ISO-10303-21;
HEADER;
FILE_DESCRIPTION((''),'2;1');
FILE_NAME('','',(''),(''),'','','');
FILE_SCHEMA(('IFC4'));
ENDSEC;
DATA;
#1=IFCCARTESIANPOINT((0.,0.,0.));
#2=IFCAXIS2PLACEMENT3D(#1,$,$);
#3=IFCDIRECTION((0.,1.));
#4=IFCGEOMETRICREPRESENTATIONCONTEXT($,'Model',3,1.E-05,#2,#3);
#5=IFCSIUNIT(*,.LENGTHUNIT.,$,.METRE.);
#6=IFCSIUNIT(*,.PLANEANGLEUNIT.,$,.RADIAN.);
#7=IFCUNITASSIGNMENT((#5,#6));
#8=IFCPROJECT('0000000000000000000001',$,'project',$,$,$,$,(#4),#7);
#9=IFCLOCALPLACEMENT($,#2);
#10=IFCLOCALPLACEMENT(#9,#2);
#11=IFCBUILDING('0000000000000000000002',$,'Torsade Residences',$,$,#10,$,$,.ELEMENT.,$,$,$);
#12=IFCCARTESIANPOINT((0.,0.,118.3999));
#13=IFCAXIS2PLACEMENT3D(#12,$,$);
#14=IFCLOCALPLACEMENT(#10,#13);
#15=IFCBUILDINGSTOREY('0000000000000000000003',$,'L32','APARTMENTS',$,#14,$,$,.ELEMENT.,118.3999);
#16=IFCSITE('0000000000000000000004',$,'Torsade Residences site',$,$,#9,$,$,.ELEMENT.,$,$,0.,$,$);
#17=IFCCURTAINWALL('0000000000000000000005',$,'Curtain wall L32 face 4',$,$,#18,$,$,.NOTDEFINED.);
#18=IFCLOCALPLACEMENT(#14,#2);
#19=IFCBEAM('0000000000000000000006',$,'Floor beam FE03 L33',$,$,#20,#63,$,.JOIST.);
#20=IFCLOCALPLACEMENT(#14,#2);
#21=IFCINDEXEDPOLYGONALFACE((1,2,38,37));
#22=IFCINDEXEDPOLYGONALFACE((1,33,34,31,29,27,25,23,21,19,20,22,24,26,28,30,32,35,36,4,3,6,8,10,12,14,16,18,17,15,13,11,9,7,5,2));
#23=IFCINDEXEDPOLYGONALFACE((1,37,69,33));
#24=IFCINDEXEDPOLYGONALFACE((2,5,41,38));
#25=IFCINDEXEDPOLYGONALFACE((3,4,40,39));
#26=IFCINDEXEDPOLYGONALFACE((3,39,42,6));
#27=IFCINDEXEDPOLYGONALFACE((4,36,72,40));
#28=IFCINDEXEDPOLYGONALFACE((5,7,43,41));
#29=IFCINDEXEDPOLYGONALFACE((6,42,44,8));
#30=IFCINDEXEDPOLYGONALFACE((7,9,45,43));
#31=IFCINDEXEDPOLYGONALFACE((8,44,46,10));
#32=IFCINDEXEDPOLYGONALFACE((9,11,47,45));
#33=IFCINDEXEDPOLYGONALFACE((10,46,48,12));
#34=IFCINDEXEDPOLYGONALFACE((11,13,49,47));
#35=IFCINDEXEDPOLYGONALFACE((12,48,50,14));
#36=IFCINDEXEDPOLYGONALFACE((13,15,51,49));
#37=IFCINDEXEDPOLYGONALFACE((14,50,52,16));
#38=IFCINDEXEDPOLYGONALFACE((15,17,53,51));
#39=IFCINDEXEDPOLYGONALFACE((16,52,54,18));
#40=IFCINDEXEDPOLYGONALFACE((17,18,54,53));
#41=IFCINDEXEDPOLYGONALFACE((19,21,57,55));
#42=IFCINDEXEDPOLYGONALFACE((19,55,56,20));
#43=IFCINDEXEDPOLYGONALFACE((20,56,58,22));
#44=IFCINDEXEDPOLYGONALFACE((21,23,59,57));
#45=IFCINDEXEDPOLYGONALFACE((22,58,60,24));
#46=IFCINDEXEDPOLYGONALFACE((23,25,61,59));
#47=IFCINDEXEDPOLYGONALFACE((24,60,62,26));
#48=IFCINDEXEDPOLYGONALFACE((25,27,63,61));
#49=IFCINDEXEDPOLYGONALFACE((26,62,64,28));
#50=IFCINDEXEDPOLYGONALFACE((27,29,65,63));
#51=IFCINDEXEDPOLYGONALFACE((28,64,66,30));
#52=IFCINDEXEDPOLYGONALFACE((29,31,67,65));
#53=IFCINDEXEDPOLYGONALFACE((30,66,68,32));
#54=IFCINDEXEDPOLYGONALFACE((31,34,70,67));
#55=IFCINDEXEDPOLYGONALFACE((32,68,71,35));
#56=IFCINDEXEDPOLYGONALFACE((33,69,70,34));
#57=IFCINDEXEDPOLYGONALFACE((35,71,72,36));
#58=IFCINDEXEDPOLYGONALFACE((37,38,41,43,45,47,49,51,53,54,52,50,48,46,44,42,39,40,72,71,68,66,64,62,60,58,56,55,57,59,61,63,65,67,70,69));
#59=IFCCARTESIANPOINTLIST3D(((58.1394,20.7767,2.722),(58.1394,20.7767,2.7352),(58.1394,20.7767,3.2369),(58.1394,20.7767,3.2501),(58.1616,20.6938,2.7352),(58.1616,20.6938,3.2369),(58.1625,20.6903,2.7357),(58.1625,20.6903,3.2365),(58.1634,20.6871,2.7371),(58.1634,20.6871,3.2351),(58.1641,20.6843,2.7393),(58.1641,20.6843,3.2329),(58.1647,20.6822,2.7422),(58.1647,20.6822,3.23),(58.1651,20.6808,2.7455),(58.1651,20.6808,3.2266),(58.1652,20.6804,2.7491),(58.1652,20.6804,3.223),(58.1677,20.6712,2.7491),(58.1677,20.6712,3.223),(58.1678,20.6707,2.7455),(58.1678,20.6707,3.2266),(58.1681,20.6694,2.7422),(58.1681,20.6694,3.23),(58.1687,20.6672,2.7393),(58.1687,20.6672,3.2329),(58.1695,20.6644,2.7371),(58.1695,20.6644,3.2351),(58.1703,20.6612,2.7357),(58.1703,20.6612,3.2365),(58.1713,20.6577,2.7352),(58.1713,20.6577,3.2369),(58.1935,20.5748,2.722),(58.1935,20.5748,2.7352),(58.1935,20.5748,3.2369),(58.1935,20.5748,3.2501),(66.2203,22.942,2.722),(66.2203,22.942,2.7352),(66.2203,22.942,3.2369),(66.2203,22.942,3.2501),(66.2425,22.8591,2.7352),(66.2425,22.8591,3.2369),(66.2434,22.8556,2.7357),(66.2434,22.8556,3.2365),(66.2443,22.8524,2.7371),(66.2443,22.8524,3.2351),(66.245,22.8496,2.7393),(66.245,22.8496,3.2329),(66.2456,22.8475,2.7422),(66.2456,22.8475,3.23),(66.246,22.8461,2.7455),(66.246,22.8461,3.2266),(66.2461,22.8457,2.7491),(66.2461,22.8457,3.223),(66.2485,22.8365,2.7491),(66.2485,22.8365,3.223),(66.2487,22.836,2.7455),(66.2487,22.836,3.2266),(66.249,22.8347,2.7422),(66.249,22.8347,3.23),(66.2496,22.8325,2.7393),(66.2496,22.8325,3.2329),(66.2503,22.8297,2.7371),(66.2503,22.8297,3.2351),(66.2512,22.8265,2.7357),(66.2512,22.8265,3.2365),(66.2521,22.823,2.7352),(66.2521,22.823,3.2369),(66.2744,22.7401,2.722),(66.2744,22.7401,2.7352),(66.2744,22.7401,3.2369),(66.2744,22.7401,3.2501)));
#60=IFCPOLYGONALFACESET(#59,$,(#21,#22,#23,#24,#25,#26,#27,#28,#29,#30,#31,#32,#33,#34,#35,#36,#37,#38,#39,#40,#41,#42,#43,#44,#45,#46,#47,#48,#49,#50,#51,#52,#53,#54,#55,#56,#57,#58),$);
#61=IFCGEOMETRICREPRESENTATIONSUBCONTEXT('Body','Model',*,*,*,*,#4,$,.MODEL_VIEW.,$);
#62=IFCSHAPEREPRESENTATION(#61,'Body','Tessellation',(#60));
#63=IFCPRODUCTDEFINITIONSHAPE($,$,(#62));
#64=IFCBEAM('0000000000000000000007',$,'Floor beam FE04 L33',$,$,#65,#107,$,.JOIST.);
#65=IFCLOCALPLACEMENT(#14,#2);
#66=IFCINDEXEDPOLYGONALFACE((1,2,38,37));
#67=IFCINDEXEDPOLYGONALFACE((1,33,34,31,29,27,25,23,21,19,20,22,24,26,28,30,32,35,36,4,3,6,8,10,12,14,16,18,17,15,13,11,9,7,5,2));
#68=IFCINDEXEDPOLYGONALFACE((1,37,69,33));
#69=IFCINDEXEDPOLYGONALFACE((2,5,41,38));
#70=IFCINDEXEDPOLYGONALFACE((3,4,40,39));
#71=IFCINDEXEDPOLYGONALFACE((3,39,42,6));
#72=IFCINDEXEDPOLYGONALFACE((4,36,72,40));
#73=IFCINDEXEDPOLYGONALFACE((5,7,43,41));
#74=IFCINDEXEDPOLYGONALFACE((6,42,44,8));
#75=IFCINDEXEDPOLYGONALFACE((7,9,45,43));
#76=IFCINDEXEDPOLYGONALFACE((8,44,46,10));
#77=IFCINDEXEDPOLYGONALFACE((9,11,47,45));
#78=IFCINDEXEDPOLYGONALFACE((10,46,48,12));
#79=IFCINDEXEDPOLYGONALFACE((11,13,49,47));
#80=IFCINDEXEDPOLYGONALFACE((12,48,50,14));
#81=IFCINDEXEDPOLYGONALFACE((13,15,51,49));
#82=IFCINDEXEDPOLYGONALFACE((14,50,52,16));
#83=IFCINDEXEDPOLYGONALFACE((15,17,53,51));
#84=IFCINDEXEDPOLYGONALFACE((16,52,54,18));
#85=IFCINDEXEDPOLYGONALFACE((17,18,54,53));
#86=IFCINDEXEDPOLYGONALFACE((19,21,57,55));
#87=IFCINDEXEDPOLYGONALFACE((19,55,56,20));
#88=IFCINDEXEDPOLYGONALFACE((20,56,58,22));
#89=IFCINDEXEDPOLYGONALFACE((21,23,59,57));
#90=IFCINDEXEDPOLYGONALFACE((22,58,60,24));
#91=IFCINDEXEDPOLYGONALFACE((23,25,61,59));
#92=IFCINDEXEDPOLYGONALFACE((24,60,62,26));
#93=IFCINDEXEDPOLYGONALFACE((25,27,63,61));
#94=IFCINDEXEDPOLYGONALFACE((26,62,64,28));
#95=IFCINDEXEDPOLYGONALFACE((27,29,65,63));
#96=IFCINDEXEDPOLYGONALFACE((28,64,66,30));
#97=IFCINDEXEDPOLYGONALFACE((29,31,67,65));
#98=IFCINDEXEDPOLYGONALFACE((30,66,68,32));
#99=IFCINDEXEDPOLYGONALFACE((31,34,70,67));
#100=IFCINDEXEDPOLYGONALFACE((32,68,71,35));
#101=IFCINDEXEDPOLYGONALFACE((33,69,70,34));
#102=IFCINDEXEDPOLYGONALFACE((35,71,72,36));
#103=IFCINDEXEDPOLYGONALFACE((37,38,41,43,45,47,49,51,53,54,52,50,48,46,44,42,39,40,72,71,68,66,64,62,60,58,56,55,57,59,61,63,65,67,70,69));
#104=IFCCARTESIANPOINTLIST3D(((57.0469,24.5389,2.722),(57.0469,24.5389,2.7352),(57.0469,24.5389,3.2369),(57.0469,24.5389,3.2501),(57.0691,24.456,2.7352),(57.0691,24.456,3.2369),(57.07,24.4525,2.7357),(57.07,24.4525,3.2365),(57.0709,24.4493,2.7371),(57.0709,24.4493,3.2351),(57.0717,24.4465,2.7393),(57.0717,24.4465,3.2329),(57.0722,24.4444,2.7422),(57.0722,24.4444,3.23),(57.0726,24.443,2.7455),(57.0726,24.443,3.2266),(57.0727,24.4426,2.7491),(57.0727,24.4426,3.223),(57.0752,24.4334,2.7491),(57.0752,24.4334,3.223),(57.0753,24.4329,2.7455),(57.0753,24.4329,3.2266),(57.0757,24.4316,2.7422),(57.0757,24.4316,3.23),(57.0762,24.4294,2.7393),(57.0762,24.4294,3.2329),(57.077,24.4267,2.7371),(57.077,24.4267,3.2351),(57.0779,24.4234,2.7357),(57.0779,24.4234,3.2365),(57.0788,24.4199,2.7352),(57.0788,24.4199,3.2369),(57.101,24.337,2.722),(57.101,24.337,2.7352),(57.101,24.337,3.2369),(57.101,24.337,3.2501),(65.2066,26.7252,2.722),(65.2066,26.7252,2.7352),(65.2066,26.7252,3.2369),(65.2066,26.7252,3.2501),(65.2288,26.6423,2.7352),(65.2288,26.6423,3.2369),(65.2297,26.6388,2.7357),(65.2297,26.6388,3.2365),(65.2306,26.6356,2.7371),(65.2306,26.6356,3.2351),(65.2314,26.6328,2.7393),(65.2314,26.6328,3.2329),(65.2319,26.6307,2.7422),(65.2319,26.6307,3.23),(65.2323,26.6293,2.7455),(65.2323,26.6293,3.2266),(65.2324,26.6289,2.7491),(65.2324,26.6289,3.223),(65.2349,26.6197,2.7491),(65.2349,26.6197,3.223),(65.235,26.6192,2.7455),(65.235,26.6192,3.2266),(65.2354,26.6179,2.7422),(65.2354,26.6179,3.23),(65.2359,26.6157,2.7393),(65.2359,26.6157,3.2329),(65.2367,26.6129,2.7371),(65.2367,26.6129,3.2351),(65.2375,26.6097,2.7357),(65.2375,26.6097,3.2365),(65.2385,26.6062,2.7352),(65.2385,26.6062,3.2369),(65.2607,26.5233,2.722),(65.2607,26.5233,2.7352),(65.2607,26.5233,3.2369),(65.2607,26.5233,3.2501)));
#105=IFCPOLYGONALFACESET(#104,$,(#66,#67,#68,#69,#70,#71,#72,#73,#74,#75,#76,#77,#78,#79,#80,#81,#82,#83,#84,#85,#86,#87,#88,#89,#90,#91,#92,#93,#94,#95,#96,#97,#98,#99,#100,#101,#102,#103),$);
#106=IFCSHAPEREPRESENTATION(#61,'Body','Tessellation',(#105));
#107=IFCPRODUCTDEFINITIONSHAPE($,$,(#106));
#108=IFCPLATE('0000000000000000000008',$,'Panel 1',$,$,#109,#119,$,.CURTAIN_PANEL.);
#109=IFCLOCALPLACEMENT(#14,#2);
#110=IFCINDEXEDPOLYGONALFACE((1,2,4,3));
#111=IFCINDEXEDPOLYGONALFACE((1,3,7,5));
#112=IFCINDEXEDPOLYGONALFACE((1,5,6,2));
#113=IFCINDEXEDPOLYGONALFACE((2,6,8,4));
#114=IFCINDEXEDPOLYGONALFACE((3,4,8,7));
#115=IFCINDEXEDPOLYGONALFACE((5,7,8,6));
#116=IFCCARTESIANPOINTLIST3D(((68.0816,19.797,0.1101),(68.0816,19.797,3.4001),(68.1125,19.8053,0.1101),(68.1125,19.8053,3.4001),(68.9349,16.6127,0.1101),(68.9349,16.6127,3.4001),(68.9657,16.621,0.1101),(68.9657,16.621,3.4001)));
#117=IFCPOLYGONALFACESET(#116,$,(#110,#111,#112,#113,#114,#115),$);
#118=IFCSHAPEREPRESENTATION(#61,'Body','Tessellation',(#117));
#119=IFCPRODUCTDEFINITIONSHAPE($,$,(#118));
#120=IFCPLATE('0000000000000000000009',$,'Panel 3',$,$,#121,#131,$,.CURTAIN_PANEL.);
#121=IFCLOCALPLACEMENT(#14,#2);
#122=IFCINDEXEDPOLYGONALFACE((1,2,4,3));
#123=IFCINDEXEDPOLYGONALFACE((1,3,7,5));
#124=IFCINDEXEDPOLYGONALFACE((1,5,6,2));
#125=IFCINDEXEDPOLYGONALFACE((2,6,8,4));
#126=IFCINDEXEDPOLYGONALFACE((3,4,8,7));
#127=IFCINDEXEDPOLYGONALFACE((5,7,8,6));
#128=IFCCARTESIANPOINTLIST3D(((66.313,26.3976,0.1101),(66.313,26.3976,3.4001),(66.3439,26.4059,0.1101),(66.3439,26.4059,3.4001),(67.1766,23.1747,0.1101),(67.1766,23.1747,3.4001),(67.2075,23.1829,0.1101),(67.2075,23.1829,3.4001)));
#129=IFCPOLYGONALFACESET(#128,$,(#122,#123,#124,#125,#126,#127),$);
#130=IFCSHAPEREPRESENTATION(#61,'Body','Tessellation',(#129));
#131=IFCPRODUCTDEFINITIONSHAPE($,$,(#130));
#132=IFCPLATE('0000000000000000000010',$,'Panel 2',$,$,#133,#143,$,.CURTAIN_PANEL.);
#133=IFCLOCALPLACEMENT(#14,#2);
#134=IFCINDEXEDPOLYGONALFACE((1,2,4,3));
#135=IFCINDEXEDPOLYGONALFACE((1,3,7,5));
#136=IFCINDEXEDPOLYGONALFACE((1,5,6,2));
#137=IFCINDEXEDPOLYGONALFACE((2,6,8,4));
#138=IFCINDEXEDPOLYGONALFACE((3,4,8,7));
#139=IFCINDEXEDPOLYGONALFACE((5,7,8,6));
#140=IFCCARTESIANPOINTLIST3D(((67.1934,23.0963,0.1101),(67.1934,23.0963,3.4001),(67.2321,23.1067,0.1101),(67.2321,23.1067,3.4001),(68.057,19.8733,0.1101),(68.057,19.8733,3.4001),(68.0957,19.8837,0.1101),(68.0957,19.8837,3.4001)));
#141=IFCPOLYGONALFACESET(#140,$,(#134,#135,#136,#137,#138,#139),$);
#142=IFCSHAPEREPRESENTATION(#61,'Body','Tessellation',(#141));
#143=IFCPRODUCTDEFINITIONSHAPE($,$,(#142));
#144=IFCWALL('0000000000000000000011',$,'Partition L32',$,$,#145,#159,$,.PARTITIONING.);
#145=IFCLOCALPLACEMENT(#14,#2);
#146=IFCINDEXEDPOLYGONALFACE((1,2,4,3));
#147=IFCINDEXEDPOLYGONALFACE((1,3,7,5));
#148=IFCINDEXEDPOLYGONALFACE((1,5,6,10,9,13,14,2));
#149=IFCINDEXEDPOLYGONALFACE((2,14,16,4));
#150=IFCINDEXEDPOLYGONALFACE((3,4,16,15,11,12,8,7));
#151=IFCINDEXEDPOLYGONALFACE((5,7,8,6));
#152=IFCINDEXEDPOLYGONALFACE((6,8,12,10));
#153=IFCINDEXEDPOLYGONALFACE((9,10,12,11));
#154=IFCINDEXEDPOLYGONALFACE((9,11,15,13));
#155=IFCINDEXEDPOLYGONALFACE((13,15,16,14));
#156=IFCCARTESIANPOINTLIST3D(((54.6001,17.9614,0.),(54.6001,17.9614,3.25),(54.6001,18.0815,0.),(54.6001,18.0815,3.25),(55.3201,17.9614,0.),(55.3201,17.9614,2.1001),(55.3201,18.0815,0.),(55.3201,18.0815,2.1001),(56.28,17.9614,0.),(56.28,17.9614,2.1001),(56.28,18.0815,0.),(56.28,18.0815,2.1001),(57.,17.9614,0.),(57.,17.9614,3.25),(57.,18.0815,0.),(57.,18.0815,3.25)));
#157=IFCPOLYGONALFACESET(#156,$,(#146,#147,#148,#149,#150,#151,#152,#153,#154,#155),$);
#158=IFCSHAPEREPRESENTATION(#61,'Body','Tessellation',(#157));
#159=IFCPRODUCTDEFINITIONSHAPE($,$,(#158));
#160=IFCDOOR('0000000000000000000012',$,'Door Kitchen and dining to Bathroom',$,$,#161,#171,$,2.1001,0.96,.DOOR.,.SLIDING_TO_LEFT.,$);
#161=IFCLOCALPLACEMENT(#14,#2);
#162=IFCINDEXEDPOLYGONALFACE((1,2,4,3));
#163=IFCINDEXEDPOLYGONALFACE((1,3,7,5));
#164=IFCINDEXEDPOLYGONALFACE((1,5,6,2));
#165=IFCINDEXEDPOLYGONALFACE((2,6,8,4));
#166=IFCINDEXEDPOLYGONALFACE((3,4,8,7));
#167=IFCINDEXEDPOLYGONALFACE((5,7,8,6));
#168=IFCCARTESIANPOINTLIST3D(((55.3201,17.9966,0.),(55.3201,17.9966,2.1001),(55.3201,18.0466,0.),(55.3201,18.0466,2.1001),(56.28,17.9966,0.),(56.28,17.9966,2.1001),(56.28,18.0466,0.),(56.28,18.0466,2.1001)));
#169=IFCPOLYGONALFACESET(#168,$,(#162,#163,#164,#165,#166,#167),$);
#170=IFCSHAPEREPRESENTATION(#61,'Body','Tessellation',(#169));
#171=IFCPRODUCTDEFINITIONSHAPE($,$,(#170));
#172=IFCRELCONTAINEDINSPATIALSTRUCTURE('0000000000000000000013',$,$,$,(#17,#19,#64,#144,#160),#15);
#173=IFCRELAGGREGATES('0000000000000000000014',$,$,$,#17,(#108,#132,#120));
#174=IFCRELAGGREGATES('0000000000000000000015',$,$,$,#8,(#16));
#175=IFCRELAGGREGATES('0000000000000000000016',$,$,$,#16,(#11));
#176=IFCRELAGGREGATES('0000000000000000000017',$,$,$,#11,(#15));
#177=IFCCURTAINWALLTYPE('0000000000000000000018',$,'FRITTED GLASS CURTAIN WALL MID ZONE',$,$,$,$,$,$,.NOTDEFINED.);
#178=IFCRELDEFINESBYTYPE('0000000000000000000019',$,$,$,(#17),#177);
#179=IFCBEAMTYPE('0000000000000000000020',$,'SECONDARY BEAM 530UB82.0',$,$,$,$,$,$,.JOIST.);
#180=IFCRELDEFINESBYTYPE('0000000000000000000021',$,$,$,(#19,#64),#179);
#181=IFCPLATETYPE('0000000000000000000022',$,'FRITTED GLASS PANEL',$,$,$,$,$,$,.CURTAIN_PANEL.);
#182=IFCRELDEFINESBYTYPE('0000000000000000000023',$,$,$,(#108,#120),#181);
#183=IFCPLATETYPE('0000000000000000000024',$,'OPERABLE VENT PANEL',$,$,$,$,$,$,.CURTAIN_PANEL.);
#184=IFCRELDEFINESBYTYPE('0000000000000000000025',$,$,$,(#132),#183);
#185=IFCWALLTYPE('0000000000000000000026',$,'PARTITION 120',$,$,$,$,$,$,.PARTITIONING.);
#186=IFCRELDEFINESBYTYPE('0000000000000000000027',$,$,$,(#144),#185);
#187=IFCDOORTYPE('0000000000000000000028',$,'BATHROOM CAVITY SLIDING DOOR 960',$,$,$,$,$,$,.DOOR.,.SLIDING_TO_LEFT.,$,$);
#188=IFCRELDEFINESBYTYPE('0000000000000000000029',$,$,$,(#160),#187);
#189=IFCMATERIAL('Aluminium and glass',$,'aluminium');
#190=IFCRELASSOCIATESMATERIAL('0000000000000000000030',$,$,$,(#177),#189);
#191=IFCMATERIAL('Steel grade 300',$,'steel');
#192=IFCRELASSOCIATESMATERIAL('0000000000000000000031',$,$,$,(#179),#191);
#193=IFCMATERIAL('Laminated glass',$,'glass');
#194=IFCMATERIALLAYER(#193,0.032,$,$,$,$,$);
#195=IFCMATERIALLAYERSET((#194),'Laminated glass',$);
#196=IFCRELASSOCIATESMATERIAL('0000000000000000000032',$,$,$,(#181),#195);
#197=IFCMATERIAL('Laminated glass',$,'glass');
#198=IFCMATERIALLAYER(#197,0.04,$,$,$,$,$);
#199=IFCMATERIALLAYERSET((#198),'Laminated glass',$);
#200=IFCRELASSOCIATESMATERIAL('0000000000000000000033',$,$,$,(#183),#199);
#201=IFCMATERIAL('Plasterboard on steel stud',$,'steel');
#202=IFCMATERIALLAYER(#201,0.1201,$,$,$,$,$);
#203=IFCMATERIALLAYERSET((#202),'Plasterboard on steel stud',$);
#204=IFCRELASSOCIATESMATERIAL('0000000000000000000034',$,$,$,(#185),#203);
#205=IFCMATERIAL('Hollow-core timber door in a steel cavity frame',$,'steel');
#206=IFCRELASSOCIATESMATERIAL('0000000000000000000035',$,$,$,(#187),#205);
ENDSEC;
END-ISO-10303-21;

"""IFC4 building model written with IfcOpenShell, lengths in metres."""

from ifc_helpers import new_model, si_unit, direction, frame, frame_2d, origin, origin_2d, place, context, subcontext, project, spatial, rectangle, i_section, extrude, material, layer, layer_set, material_profile, profile_set, type_object, element, fill, aggregate, save


model = new_model("IFC4")

# Units and contexts
model_context = context("Model", 3, precision=1e-05, world=origin(), true_north=direction((0.0, 1.0)))
body_context = subcontext(model_context, "Body", "Model", "MODEL_VIEW")
ifc_project = project(units=[si_unit("LENGTHUNIT", "METRE"), si_unit("PLANEANGLEUNIT", "RADIAN")], contexts=[model_context])

# Site, building, storey
site_placement = place(None, origin())
site = spatial("IfcSite", under=ifc_project, at=site_placement, Name="Torsade Residences site", CompositionType="ELEMENT", RefElevation=0.0)
building_placement = place(site_placement, origin())
building = spatial("IfcBuilding", under=site, at=building_placement, Name="Torsade Residences", CompositionType="ELEMENT")
storey_placement = place(building_placement, frame((0.0, 0.0, 118.3999)))
storey = spatial("IfcBuildingStorey", under=building, at=storey_placement, Name="L32", Description="APARTMENTS", CompositionType="ELEMENT", Elevation=118.3999)

# Curtain wall
ifc_material_1 = material(Name="Aluminium and glass", Category="aluminium")
curtain_wall_type = type_object("IfcCurtainWallType", Name="FRITTED GLASS CURTAIN WALL MID ZONE", PredefinedType="NOTDEFINED", material=ifc_material_1)
curtain_wall_placement = place(storey_placement, origin())
curtain_wall = element("IfcCurtainWall", 1, at=curtain_wall_placement, inside=storey, type_object=curtain_wall_type, Name="Curtain wall L32 face 4", PredefinedType="NOTDEFINED")

# Beams
ifc_material_2 = material(Name="Steel grade 300", Category="steel")
ifc_material_profile_1 = material_profile(ifc_material_2, i_section(OverallWidth=0.209, OverallDepth=0.5281, WebThickness=0.0095, FlangeThickness=0.0132, FilletRadius=0.0139, at=origin_2d()), Name="530UB82.0")
ifc_profile_set_1 = profile_set([ifc_material_profile_1], Name="Steel grade 300")
beam_type_1 = type_object("IfcBeamType", Name="SECONDARY BEAM 530UB82.0", PredefinedType="JOIST", material=ifc_profile_set_1)
beam_1_placement = place(storey_placement, frame((66.2473, 22.8411, 2.9861), z_axis=(-0.965925, -0.258823, 0.0), x_axis=(0.258823, -0.965925, 0.0)))
element("IfcBeam", 2, at=beam_1_placement, inside=storey, type_object=beam_type_1, Name="Floor beam FE03 L33", PredefinedType="JOIST", context=body_context, shape_type="SweptSolid", body=[
    extrude(i_section(OverallWidth=0.209, OverallDepth=0.5281, WebThickness=0.0095, FlangeThickness=0.0132, FilletRadius=0.0139, at=origin_2d()), origin(), (0.0, 0.0, 1.0), 8.366),
])
beam_2_placement = place(storey_placement, frame((65.2336, 26.6243, 2.9861), z_axis=(-0.965929, -0.258808, 0.0), x_axis=(0.258808, -0.965929, 0.0)))
element("IfcBeam", 3, at=beam_2_placement, inside=storey, type_object=beam_type_1, Name="Floor beam FE04 L33", PredefinedType="JOIST", context=body_context, shape_type="SweptSolid", body=[
    extrude(i_section(OverallWidth=0.209, OverallDepth=0.5281, WebThickness=0.0095, FlangeThickness=0.0132, FilletRadius=0.0139, at=origin_2d()), origin(), (0.0, 0.0, 1.0), 8.4475),
])

# Plates
ifc_material_3 = material(Name="Laminated glass", Category="glass")
ifc_layer_1 = layer(ifc_material_3, 0.032)
ifc_layer_set_1 = layer_set([ifc_layer_1], Name="Laminated glass")
plate_type_1 = type_object("IfcPlateType", Name="FRITTED GLASS PANEL", PredefinedType="CURTAIN_PANEL", material=ifc_layer_set_1)
plate_1_placement = place(storey_placement, frame((68.5237, 18.209, 0.1101), z_axis=(0.0, 0.0, 1.0), x_axis=(-0.258819, 0.965926, 0.0)))
plate_1 = element("IfcPlate", 4, at=plate_1_placement, type_object=plate_type_1, Name="Panel 1", PredefinedType="CURTAIN_PANEL", context=body_context, shape_type="SweptSolid", body=[
    extrude(rectangle(XDim=3.2966, YDim=0.032, at=origin_2d()), origin(), (0.0, 0.0, 1.0), 3.29),
])
plate_2_placement = place(storey_placement, frame((66.7603, 24.7903, 0.1101), z_axis=(0.0, 0.0, 1.0), x_axis=(-0.258819, 0.965926, 0.0)))
plate_2 = element("IfcPlate", 5, at=plate_2_placement, type_object=plate_type_1, Name="Panel 3", PredefinedType="CURTAIN_PANEL", context=body_context, shape_type="SweptSolid", body=[
    extrude(rectangle(XDim=3.3367, YDim=0.032, at=origin_2d()), origin(), (0.0, 0.0, 1.0), 3.29),
])
ifc_material_4 = material(Name="Laminated glass", Category="glass")
ifc_layer_2 = layer(ifc_material_4, 0.04)
ifc_layer_set_2 = layer_set([ifc_layer_2], Name="Laminated glass")
plate_type_2 = type_object("IfcPlateType", Name="OPERABLE VENT PANEL", PredefinedType="CURTAIN_PANEL", material=ifc_layer_set_2)
plate_3_placement = place(storey_placement, frame((67.6445, 21.49, 0.1101), z_axis=(0.0, 0.0, 1.0), x_axis=(-0.258819, 0.965926, 0.0)))
plate_3 = element("IfcPlate", 6, at=plate_3_placement, type_object=plate_type_2, Name="Panel 2", PredefinedType="CURTAIN_PANEL", context=body_context, shape_type="SweptSolid", body=[
    extrude(rectangle(XDim=3.3367, YDim=0.04, at=origin_2d()), origin(), (0.0, 0.0, 1.0), 3.29),
])
aggregate(curtain_wall, [plate_1, plate_3, plate_2])

# Wall, opening, door
ifc_material_5 = material(Name="Plasterboard on steel stud", Category="steel")
ifc_layer_3 = layer(ifc_material_5, 0.1201)
ifc_layer_set_3 = layer_set([ifc_layer_3], Name="Plasterboard on steel stud")
wall_type_1 = type_object("IfcWallType", Name="PARTITION 120", PredefinedType="PARTITIONING", material=ifc_layer_set_3)
wall_1_placement = place(storey_placement, frame((57.0, 18.0215, 0.0), z_axis=(0.0, 0.0, 1.0), x_axis=(-1.0, 0.0, 0.0)))
wall_1 = element("IfcWall", 7, at=wall_1_placement, inside=storey, type_object=wall_type_1, Name="Partition L32", PredefinedType="PARTITIONING", context=body_context, shape_type="SweptSolid", body=[
    extrude(rectangle(XDim=2.3999, YDim=0.1201, at=frame_2d((1.2, 0.0))), origin(), (0.0, 0.0, 1.0), 3.25),
])
opening_1_placement = place(wall_1_placement, frame((0.72, 0.0, 0.0)))
opening_1 = element("IfcOpeningElement", 8, at=opening_1_placement, cuts=wall_1, PredefinedType="OPENING", context=body_context, shape_type="SweptSolid", body=[
    extrude(rectangle(XDim=0.96, YDim=2.1001, at=frame_2d((0.48, 1.05))), frame((0.0, 0.0701, 0.0), z_axis=(0.0, -1.0, 0.0), x_axis=(1.0, 0.0, 0.0)), (0.0, 0.0, 1.0), 0.1401),
])
ifc_material_6 = material(Name="Hollow-core timber door in a steel cavity frame", Category="steel")
door_type_1 = type_object("IfcDoorType", Name="BATHROOM CAVITY SLIDING DOOR 960", OperationType="SLIDING_TO_LEFT", PredefinedType="DOOR", material=ifc_material_6)
door_1_placement = place(opening_1_placement, origin())
door_1 = element("IfcDoor", 9, at=door_1_placement, inside=storey, type_object=door_type_1, Name="Door Kitchen and dining to Bathroom", OperationType="SLIDING_TO_LEFT", OverallHeight=2.1001, OverallWidth=0.96, PredefinedType="DOOR", context=body_context, shape_type="SweptSolid", body=[
    extrude(rectangle(XDim=0.96, YDim=2.1001, at=frame_2d((0.48, 1.05))), frame((0.0, 0.0249, 0.0), z_axis=(0.0, -1.0, 0.0), x_axis=(1.0, 0.0, 0.0)), (0.0, 0.0, 1.0), 0.05),
])
fill(opening_1, door_1)

save(model, "model.ifc")
